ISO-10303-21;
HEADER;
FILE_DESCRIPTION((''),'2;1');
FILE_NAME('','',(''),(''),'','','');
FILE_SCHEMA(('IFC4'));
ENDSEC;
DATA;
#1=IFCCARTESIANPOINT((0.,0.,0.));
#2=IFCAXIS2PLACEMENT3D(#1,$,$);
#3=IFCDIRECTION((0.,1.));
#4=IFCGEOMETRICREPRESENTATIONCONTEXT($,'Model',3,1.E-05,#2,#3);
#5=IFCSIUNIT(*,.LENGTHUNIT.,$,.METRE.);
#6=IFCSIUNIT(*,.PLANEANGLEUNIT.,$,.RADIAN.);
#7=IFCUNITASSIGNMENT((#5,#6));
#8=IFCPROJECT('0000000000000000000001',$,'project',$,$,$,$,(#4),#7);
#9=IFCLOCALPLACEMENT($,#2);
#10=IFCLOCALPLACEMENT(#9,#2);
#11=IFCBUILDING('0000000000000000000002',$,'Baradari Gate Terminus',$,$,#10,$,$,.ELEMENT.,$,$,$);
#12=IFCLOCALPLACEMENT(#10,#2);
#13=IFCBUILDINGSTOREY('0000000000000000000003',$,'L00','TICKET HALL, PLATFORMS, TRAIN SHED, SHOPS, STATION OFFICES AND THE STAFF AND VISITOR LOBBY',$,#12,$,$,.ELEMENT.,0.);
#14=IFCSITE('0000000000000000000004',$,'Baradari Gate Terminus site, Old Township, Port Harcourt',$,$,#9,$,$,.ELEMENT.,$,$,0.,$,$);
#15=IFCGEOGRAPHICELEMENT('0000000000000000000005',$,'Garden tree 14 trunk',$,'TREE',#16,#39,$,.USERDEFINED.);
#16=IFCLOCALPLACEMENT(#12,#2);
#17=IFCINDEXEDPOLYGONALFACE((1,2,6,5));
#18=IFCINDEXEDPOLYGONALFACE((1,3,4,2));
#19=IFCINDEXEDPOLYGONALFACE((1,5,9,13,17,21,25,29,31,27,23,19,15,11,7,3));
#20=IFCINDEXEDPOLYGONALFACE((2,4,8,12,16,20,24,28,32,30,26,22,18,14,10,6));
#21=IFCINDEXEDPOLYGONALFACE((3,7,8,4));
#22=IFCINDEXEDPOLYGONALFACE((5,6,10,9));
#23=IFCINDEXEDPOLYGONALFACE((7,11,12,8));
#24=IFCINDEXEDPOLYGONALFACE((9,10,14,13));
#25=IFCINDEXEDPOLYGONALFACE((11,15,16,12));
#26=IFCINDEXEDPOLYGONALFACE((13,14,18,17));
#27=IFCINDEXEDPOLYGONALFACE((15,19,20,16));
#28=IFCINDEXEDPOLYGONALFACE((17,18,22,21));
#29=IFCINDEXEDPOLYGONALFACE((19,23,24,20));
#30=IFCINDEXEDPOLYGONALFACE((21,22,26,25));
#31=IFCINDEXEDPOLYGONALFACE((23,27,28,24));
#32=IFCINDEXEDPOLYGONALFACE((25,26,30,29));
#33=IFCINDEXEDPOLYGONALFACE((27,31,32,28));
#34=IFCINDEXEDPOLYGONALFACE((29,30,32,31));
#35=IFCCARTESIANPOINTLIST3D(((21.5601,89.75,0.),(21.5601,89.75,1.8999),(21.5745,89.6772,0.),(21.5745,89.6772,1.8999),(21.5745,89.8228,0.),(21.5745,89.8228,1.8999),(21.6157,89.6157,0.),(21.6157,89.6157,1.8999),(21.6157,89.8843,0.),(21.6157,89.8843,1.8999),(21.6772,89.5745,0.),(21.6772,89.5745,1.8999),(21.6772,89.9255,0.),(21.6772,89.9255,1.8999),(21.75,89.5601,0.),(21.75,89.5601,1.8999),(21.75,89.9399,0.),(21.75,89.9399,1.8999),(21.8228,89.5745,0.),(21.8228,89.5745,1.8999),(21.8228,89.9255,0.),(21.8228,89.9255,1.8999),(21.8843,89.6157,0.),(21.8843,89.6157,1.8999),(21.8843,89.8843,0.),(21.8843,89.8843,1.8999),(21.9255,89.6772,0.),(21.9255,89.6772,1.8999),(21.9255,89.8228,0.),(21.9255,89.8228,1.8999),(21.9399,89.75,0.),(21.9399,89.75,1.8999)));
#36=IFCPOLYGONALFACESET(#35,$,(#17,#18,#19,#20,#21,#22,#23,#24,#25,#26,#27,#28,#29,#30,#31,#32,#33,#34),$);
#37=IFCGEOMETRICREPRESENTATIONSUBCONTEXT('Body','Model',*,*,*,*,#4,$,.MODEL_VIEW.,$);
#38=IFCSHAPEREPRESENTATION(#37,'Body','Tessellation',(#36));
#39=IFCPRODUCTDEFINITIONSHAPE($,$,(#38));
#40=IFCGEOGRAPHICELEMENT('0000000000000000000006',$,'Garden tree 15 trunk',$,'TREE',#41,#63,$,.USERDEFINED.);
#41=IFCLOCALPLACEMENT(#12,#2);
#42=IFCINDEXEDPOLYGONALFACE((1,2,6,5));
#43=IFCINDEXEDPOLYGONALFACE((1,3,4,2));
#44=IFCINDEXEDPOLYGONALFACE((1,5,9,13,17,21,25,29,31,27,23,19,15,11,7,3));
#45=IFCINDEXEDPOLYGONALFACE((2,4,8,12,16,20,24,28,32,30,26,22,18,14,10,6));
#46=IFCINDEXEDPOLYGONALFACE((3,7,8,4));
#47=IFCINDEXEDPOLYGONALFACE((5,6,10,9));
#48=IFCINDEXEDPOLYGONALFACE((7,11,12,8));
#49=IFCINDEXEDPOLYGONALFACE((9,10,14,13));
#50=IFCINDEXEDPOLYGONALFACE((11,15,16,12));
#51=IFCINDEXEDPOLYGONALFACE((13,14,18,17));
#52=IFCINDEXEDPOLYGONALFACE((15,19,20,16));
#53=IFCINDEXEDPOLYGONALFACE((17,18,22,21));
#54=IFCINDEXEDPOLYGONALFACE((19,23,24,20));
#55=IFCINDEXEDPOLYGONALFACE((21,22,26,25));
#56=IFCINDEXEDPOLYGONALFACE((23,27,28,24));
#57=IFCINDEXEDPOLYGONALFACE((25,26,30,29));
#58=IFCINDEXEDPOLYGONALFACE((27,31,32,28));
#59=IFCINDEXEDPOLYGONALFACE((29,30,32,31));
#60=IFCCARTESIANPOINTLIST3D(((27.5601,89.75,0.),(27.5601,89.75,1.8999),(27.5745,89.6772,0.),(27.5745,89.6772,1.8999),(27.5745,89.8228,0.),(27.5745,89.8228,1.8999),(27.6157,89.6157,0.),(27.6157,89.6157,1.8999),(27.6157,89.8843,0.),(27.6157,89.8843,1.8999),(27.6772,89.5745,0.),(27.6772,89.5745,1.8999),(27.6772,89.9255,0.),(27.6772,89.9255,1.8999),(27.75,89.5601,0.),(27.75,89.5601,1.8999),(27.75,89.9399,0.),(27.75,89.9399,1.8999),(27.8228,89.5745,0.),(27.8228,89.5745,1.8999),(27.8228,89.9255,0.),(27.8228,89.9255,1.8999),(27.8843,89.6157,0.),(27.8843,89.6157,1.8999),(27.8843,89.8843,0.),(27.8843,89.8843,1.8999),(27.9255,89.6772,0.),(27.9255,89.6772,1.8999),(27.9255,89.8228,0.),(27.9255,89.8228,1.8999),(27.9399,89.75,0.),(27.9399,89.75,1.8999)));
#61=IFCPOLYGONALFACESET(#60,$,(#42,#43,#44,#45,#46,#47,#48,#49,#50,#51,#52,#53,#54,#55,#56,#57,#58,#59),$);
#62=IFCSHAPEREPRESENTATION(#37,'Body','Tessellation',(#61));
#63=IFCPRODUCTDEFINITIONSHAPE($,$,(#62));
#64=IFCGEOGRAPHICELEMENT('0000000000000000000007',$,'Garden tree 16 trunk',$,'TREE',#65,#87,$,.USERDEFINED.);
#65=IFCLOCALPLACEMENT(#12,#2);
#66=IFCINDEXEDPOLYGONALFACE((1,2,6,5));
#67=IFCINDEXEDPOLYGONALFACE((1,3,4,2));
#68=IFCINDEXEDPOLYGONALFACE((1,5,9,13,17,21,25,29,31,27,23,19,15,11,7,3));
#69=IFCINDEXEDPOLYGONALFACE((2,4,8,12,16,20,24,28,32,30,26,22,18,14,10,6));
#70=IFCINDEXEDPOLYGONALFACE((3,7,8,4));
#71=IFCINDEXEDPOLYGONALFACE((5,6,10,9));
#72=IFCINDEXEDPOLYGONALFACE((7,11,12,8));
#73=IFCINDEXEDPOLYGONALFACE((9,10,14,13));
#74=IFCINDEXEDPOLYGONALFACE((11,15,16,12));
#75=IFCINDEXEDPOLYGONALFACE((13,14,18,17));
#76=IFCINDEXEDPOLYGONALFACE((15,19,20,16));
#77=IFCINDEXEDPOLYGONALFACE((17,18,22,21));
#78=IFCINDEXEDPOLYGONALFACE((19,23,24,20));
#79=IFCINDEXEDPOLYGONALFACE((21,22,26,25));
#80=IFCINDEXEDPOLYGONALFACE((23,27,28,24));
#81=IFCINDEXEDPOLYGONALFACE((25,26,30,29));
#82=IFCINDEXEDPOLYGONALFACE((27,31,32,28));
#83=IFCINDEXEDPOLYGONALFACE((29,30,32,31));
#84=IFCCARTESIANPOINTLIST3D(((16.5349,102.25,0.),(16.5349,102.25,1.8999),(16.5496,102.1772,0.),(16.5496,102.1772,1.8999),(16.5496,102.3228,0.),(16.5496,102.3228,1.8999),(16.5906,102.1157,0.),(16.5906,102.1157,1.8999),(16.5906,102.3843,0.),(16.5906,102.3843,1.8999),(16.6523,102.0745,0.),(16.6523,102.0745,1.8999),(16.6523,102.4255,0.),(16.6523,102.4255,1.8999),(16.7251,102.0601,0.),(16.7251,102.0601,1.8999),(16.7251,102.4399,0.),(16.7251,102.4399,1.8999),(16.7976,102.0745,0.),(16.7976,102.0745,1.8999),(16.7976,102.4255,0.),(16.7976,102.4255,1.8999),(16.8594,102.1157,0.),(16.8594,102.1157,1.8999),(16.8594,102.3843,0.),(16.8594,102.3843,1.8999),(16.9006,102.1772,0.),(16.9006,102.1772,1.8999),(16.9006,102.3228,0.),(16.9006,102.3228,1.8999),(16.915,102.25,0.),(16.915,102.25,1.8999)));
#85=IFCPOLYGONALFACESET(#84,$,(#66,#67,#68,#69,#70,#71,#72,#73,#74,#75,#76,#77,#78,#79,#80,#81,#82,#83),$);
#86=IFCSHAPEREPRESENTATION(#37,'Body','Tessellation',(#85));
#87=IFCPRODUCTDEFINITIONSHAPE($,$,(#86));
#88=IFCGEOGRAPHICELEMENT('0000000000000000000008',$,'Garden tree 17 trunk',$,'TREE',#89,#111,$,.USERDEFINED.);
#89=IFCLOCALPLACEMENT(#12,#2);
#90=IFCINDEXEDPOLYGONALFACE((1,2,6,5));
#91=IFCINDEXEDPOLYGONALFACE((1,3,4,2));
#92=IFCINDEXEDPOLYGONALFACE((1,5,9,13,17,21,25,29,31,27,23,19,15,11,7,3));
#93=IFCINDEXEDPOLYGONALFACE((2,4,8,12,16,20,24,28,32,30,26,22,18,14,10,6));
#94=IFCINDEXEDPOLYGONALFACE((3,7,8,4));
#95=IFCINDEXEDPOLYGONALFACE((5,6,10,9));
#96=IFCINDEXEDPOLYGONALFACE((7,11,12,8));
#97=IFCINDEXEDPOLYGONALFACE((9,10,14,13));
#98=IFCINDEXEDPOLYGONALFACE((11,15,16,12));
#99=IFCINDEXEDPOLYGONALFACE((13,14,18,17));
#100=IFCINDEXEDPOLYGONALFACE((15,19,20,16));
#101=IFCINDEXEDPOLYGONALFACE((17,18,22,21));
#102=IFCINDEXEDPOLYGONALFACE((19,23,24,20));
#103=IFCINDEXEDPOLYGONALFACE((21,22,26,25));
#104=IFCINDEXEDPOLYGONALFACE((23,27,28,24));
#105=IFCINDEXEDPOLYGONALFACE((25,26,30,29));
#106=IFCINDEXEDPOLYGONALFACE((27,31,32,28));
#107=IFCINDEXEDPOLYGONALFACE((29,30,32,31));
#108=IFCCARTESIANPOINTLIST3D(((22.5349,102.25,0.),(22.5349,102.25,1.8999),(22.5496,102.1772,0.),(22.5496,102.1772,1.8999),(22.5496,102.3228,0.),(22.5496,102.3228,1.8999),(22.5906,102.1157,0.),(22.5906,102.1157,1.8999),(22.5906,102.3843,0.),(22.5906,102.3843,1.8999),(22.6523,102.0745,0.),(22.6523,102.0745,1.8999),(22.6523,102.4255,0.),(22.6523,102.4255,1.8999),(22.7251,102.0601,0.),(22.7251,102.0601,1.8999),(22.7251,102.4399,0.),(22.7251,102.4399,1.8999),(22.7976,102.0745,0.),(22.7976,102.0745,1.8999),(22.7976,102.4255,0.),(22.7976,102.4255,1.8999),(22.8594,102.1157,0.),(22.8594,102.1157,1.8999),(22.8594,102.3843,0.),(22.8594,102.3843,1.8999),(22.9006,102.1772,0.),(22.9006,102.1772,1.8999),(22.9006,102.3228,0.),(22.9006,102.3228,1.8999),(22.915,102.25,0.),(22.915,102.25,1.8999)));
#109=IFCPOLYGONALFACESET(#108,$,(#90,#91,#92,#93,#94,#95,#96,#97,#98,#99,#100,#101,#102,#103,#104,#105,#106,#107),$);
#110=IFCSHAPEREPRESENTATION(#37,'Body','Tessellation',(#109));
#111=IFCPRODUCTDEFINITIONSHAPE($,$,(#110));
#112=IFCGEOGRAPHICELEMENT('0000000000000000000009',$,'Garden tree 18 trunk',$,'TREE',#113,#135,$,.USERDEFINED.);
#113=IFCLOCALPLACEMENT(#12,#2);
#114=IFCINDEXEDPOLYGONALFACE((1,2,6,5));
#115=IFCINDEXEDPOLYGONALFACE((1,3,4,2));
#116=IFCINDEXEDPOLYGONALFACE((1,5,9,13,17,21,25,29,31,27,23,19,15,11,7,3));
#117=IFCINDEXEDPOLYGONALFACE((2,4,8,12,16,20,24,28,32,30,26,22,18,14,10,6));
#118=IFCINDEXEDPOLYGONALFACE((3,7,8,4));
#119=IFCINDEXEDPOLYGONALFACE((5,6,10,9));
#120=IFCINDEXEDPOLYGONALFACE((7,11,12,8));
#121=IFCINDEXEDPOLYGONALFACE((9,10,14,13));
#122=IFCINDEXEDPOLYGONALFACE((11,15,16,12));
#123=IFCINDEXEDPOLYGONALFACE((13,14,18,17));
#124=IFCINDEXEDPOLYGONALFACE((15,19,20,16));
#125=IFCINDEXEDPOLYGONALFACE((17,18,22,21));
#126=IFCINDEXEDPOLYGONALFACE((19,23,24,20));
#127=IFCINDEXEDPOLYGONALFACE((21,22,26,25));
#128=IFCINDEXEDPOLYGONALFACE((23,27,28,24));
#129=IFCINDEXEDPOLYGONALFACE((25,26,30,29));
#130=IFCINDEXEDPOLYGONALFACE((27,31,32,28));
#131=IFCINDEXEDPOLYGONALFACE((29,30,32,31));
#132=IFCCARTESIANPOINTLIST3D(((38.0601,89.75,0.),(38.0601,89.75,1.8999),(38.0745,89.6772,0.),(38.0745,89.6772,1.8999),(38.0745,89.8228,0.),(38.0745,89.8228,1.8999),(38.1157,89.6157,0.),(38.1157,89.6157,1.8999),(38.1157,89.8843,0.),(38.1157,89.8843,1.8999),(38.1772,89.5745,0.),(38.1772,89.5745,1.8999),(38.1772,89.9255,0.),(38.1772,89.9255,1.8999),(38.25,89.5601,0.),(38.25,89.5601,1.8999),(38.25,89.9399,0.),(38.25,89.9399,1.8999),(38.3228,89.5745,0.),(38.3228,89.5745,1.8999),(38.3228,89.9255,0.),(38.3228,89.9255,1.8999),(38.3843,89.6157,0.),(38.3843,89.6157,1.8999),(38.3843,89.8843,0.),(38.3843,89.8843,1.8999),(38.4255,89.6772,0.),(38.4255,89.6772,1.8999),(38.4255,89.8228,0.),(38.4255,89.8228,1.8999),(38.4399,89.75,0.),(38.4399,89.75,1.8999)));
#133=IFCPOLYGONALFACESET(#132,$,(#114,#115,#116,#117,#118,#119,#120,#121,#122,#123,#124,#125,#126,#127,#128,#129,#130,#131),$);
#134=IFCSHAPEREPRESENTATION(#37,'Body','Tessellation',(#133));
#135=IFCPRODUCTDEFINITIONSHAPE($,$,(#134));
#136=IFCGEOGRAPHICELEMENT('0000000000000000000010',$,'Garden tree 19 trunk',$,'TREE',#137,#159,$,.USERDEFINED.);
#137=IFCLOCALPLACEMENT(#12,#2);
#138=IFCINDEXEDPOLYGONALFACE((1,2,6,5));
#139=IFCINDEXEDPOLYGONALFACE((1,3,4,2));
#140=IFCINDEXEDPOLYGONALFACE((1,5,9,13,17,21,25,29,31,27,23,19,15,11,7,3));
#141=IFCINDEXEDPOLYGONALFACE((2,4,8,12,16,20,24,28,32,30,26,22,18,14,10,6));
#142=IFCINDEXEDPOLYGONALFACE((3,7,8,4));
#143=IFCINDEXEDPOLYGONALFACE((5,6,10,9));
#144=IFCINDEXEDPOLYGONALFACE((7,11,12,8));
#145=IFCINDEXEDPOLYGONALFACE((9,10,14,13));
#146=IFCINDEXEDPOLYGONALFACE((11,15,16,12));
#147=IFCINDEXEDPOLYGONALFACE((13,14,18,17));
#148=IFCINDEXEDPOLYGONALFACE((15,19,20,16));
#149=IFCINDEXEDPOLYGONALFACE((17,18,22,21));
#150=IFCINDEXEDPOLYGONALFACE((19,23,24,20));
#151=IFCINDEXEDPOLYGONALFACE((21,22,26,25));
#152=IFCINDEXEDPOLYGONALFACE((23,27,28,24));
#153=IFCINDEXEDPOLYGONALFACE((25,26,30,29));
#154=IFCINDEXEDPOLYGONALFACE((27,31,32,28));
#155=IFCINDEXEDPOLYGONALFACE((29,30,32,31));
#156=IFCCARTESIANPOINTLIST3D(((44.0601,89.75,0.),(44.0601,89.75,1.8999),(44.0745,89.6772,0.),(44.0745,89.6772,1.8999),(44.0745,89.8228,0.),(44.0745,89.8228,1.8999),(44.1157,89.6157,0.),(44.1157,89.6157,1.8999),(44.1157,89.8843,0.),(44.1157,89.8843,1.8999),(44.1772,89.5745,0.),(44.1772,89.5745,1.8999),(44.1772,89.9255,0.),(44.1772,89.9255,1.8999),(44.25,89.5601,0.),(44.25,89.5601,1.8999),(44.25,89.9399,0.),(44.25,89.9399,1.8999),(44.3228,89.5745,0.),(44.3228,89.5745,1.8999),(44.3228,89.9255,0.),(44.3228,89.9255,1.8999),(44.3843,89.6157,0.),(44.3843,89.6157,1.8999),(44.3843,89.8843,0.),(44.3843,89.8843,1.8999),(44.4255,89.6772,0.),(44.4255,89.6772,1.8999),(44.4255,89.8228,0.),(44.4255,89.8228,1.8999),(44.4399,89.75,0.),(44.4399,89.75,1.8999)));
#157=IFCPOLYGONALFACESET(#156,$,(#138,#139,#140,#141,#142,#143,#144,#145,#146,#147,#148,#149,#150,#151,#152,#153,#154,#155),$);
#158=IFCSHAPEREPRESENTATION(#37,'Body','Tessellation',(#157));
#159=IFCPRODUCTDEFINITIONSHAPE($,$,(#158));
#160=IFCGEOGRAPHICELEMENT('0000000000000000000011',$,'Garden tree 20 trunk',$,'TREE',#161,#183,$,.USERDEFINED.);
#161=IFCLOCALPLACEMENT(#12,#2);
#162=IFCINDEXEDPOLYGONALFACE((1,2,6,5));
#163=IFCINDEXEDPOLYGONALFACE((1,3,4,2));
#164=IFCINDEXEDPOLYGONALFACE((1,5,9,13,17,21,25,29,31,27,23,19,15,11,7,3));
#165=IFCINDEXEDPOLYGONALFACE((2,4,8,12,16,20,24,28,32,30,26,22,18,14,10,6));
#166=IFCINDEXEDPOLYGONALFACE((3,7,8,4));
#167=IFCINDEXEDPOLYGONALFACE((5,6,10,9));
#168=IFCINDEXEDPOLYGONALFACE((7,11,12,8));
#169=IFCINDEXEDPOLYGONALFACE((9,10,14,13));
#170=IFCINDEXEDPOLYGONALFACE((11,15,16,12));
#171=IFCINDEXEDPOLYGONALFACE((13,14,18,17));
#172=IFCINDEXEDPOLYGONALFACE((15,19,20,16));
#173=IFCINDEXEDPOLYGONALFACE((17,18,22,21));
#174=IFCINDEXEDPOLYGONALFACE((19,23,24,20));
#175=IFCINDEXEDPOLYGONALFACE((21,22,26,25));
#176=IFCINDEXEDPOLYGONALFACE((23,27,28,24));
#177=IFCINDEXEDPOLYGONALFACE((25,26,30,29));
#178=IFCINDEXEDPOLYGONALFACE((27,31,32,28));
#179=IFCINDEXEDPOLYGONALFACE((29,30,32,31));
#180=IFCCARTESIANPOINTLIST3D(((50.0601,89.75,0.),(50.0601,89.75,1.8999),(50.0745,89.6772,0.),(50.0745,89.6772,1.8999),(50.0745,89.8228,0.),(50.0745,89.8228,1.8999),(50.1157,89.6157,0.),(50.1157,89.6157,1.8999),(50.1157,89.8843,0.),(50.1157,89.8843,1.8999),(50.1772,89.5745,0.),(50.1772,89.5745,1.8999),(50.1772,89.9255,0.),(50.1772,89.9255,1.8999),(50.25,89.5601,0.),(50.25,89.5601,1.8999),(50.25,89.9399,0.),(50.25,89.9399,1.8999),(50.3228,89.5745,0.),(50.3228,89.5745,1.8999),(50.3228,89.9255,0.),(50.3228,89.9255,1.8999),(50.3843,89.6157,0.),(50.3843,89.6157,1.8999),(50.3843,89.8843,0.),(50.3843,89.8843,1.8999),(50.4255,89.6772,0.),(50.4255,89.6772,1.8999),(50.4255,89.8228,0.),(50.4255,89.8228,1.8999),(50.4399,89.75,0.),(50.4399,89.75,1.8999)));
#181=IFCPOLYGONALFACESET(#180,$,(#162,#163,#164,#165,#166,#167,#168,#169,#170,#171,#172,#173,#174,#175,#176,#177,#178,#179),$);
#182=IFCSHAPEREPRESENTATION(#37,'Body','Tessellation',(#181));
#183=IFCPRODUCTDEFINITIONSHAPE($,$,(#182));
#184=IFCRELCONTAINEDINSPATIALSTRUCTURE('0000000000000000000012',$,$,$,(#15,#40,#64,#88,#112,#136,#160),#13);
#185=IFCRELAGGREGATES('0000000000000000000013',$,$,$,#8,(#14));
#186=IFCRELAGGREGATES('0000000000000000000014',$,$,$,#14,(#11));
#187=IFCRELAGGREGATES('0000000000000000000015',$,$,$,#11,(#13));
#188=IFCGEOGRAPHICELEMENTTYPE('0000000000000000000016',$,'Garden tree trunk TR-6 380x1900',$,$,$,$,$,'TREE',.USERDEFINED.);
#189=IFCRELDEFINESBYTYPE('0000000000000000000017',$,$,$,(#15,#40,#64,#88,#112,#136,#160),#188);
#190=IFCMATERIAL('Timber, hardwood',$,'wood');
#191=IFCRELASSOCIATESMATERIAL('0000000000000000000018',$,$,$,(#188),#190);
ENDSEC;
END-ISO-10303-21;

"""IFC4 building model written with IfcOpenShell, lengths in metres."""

from ifc_helpers import new_model, si_unit, direction, origin, place, context, subcontext, project, spatial, polyline, outline, extrude, material, type_object, element, save


model = new_model("IFC4")

# Units and contexts
model_context = context("Model", 3, precision=1e-05, world=origin(), true_north=direction((0.0, 1.0)))
body_context = subcontext(model_context, "Body", "Model", "MODEL_VIEW")
ifc_project = project(units=[si_unit("LENGTHUNIT", "METRE"), si_unit("PLANEANGLEUNIT", "RADIAN")], contexts=[model_context])

# Site, building, storey
site_placement = place(None, origin())
site = spatial("IfcSite", under=ifc_project, at=site_placement, Name="Baradari Gate Terminus site, Old Township, Port Harcourt", CompositionType="ELEMENT", RefElevation=0.0)
building_placement = place(site_placement, origin())
building = spatial("IfcBuilding", under=site, at=building_placement, Name="Baradari Gate Terminus", CompositionType="ELEMENT")
storey_placement = place(building_placement, origin())
storey = spatial("IfcBuildingStorey", under=building, at=storey_placement, Name="L00", Description="TICKET HALL, PLATFORMS, TRAIN SHED, SHOPS, STATION OFFICES AND THE STAFF AND VISITOR LOBBY", CompositionType="ELEMENT", Elevation=0.0)

# Geographic elements
ifc_material_1 = material(Name="Timber, hardwood", Category="wood")
geographic_element_type_1 = type_object("IfcGeographicElementType", Name="Garden tree trunk TR-6 380x1900", ElementType="TREE", PredefinedType="USERDEFINED", material=ifc_material_1)
geographic_element_1_placement = place(storey_placement, origin())
element("IfcGeographicElement", 1, at=geographic_element_1_placement, inside=storey, type_object=geographic_element_type_1, Name="Garden tree 14 trunk", ObjectType="TREE", PredefinedType="USERDEFINED", context=body_context, shape_type="SweptSolid", body=[
    extrude(outline(polyline([(21.9399, 89.75), (21.9255, 89.8228), (21.8843, 89.8843), (21.8228, 89.9255), (21.75, 89.9399), (21.6772, 89.9255), (21.6157, 89.8843), (21.5745, 89.8228), (21.5601, 89.75), (21.5745, 89.6772), (21.6157, 89.6157), (21.6772, 89.5745), (21.75, 89.5601), (21.8228, 89.5745), (21.8843, 89.6157), (21.9255, 89.6772), (21.9399, 89.75)])), origin(), (0.0, 0.0, 1.0), 1.8999),
])
geographic_element_2_placement = place(storey_placement, origin())
element("IfcGeographicElement", 2, at=geographic_element_2_placement, inside=storey, type_object=geographic_element_type_1, Name="Garden tree 15 trunk", ObjectType="TREE", PredefinedType="USERDEFINED", context=body_context, shape_type="SweptSolid", body=[
    extrude(outline(polyline([(27.9399, 89.75), (27.9255, 89.8228), (27.8843, 89.8843), (27.8228, 89.9255), (27.75, 89.9399), (27.6772, 89.9255), (27.6157, 89.8843), (27.5745, 89.8228), (27.5601, 89.75), (27.5745, 89.6772), (27.6157, 89.6157), (27.6772, 89.5745), (27.75, 89.5601), (27.8228, 89.5745), (27.8843, 89.6157), (27.9255, 89.6772), (27.9399, 89.75)])), origin(), (0.0, 0.0, 1.0), 1.8999),
])
geographic_element_3_placement = place(storey_placement, origin())
element("IfcGeographicElement", 3, at=geographic_element_3_placement, inside=storey, type_object=geographic_element_type_1, Name="Garden tree 16 trunk", ObjectType="TREE", PredefinedType="USERDEFINED", context=body_context, shape_type="SweptSolid", body=[
    extrude(outline(polyline([(16.915, 102.25), (16.9006, 102.3228), (16.8594, 102.3843), (16.7976, 102.4255), (16.7251, 102.4399), (16.6523, 102.4255), (16.5906, 102.3843), (16.5496, 102.3228), (16.5349, 102.25), (16.5496, 102.1772), (16.5906, 102.1157), (16.6523, 102.0745), (16.7251, 102.0601), (16.7976, 102.0745), (16.8594, 102.1157), (16.9006, 102.1772), (16.915, 102.25)])), origin(), (0.0, 0.0, 1.0), 1.8999),
])
geographic_element_4_placement = place(storey_placement, origin())
element("IfcGeographicElement", 4, at=geographic_element_4_placement, inside=storey, type_object=geographic_element_type_1, Name="Garden tree 17 trunk", ObjectType="TREE", PredefinedType="USERDEFINED", context=body_context, shape_type="SweptSolid", body=[
    extrude(outline(polyline([(22.915, 102.25), (22.9006, 102.3228), (22.8594, 102.3843), (22.7976, 102.4255), (22.7251, 102.4399), (22.6523, 102.4255), (22.5906, 102.3843), (22.5496, 102.3228), (22.5349, 102.25), (22.5496, 102.1772), (22.5906, 102.1157), (22.6523, 102.0745), (22.7251, 102.0601), (22.7976, 102.0745), (22.8594, 102.1157), (22.9006, 102.1772), (22.915, 102.25)])), origin(), (0.0, 0.0, 1.0), 1.8999),
])
geographic_element_5_placement = place(storey_placement, origin())
element("IfcGeographicElement", 5, at=geographic_element_5_placement, inside=storey, type_object=geographic_element_type_1, Name="Garden tree 18 trunk", ObjectType="TREE", PredefinedType="USERDEFINED", context=body_context, shape_type="SweptSolid", body=[
    extrude(outline(polyline([(38.4399, 89.75), (38.4255, 89.8228), (38.3843, 89.8843), (38.3228, 89.9255), (38.25, 89.9399), (38.1772, 89.9255), (38.1157, 89.8843), (38.0745, 89.8228), (38.0601, 89.75), (38.0745, 89.6772), (38.1157, 89.6157), (38.1772, 89.5745), (38.25, 89.5601), (38.3228, 89.5745), (38.3843, 89.6157), (38.4255, 89.6772), (38.4399, 89.75)])), origin(), (0.0, 0.0, 1.0), 1.8999),
])
geographic_element_6_placement = place(storey_placement, origin())
element("IfcGeographicElement", 6, at=geographic_element_6_placement, inside=storey, type_object=geographic_element_type_1, Name="Garden tree 19 trunk", ObjectType="TREE", PredefinedType="USERDEFINED", context=body_context, shape_type="SweptSolid", body=[
    extrude(outline(polyline([(44.4399, 89.75), (44.4255, 89.8228), (44.3843, 89.8843), (44.3228, 89.9255), (44.25, 89.9399), (44.1772, 89.9255), (44.1157, 89.8843), (44.0745, 89.8228), (44.0601, 89.75), (44.0745, 89.6772), (44.1157, 89.6157), (44.1772, 89.5745), (44.25, 89.5601), (44.3228, 89.5745), (44.3843, 89.6157), (44.4255, 89.6772), (44.4399, 89.75)])), origin(), (0.0, 0.0, 1.0), 1.8999),
])
geographic_element_7_placement = place(storey_placement, origin())
element("IfcGeographicElement", 7, at=geographic_element_7_placement, inside=storey, type_object=geographic_element_type_1, Name="Garden tree 20 trunk", ObjectType="TREE", PredefinedType="USERDEFINED", context=body_context, shape_type="SweptSolid", body=[
    extrude(outline(polyline([(50.4399, 89.75), (50.4255, 89.8228), (50.3843, 89.8843), (50.3228, 89.9255), (50.25, 89.9399), (50.1772, 89.9255), (50.1157, 89.8843), (50.0745, 89.8228), (50.0601, 89.75), (50.0745, 89.6772), (50.1157, 89.6157), (50.1772, 89.5745), (50.25, 89.5601), (50.3228, 89.5745), (50.3843, 89.6157), (50.4255, 89.6772), (50.4399, 89.75)])), origin(), (0.0, 0.0, 1.0), 1.8999),
])

save(model, "model.ifc")
